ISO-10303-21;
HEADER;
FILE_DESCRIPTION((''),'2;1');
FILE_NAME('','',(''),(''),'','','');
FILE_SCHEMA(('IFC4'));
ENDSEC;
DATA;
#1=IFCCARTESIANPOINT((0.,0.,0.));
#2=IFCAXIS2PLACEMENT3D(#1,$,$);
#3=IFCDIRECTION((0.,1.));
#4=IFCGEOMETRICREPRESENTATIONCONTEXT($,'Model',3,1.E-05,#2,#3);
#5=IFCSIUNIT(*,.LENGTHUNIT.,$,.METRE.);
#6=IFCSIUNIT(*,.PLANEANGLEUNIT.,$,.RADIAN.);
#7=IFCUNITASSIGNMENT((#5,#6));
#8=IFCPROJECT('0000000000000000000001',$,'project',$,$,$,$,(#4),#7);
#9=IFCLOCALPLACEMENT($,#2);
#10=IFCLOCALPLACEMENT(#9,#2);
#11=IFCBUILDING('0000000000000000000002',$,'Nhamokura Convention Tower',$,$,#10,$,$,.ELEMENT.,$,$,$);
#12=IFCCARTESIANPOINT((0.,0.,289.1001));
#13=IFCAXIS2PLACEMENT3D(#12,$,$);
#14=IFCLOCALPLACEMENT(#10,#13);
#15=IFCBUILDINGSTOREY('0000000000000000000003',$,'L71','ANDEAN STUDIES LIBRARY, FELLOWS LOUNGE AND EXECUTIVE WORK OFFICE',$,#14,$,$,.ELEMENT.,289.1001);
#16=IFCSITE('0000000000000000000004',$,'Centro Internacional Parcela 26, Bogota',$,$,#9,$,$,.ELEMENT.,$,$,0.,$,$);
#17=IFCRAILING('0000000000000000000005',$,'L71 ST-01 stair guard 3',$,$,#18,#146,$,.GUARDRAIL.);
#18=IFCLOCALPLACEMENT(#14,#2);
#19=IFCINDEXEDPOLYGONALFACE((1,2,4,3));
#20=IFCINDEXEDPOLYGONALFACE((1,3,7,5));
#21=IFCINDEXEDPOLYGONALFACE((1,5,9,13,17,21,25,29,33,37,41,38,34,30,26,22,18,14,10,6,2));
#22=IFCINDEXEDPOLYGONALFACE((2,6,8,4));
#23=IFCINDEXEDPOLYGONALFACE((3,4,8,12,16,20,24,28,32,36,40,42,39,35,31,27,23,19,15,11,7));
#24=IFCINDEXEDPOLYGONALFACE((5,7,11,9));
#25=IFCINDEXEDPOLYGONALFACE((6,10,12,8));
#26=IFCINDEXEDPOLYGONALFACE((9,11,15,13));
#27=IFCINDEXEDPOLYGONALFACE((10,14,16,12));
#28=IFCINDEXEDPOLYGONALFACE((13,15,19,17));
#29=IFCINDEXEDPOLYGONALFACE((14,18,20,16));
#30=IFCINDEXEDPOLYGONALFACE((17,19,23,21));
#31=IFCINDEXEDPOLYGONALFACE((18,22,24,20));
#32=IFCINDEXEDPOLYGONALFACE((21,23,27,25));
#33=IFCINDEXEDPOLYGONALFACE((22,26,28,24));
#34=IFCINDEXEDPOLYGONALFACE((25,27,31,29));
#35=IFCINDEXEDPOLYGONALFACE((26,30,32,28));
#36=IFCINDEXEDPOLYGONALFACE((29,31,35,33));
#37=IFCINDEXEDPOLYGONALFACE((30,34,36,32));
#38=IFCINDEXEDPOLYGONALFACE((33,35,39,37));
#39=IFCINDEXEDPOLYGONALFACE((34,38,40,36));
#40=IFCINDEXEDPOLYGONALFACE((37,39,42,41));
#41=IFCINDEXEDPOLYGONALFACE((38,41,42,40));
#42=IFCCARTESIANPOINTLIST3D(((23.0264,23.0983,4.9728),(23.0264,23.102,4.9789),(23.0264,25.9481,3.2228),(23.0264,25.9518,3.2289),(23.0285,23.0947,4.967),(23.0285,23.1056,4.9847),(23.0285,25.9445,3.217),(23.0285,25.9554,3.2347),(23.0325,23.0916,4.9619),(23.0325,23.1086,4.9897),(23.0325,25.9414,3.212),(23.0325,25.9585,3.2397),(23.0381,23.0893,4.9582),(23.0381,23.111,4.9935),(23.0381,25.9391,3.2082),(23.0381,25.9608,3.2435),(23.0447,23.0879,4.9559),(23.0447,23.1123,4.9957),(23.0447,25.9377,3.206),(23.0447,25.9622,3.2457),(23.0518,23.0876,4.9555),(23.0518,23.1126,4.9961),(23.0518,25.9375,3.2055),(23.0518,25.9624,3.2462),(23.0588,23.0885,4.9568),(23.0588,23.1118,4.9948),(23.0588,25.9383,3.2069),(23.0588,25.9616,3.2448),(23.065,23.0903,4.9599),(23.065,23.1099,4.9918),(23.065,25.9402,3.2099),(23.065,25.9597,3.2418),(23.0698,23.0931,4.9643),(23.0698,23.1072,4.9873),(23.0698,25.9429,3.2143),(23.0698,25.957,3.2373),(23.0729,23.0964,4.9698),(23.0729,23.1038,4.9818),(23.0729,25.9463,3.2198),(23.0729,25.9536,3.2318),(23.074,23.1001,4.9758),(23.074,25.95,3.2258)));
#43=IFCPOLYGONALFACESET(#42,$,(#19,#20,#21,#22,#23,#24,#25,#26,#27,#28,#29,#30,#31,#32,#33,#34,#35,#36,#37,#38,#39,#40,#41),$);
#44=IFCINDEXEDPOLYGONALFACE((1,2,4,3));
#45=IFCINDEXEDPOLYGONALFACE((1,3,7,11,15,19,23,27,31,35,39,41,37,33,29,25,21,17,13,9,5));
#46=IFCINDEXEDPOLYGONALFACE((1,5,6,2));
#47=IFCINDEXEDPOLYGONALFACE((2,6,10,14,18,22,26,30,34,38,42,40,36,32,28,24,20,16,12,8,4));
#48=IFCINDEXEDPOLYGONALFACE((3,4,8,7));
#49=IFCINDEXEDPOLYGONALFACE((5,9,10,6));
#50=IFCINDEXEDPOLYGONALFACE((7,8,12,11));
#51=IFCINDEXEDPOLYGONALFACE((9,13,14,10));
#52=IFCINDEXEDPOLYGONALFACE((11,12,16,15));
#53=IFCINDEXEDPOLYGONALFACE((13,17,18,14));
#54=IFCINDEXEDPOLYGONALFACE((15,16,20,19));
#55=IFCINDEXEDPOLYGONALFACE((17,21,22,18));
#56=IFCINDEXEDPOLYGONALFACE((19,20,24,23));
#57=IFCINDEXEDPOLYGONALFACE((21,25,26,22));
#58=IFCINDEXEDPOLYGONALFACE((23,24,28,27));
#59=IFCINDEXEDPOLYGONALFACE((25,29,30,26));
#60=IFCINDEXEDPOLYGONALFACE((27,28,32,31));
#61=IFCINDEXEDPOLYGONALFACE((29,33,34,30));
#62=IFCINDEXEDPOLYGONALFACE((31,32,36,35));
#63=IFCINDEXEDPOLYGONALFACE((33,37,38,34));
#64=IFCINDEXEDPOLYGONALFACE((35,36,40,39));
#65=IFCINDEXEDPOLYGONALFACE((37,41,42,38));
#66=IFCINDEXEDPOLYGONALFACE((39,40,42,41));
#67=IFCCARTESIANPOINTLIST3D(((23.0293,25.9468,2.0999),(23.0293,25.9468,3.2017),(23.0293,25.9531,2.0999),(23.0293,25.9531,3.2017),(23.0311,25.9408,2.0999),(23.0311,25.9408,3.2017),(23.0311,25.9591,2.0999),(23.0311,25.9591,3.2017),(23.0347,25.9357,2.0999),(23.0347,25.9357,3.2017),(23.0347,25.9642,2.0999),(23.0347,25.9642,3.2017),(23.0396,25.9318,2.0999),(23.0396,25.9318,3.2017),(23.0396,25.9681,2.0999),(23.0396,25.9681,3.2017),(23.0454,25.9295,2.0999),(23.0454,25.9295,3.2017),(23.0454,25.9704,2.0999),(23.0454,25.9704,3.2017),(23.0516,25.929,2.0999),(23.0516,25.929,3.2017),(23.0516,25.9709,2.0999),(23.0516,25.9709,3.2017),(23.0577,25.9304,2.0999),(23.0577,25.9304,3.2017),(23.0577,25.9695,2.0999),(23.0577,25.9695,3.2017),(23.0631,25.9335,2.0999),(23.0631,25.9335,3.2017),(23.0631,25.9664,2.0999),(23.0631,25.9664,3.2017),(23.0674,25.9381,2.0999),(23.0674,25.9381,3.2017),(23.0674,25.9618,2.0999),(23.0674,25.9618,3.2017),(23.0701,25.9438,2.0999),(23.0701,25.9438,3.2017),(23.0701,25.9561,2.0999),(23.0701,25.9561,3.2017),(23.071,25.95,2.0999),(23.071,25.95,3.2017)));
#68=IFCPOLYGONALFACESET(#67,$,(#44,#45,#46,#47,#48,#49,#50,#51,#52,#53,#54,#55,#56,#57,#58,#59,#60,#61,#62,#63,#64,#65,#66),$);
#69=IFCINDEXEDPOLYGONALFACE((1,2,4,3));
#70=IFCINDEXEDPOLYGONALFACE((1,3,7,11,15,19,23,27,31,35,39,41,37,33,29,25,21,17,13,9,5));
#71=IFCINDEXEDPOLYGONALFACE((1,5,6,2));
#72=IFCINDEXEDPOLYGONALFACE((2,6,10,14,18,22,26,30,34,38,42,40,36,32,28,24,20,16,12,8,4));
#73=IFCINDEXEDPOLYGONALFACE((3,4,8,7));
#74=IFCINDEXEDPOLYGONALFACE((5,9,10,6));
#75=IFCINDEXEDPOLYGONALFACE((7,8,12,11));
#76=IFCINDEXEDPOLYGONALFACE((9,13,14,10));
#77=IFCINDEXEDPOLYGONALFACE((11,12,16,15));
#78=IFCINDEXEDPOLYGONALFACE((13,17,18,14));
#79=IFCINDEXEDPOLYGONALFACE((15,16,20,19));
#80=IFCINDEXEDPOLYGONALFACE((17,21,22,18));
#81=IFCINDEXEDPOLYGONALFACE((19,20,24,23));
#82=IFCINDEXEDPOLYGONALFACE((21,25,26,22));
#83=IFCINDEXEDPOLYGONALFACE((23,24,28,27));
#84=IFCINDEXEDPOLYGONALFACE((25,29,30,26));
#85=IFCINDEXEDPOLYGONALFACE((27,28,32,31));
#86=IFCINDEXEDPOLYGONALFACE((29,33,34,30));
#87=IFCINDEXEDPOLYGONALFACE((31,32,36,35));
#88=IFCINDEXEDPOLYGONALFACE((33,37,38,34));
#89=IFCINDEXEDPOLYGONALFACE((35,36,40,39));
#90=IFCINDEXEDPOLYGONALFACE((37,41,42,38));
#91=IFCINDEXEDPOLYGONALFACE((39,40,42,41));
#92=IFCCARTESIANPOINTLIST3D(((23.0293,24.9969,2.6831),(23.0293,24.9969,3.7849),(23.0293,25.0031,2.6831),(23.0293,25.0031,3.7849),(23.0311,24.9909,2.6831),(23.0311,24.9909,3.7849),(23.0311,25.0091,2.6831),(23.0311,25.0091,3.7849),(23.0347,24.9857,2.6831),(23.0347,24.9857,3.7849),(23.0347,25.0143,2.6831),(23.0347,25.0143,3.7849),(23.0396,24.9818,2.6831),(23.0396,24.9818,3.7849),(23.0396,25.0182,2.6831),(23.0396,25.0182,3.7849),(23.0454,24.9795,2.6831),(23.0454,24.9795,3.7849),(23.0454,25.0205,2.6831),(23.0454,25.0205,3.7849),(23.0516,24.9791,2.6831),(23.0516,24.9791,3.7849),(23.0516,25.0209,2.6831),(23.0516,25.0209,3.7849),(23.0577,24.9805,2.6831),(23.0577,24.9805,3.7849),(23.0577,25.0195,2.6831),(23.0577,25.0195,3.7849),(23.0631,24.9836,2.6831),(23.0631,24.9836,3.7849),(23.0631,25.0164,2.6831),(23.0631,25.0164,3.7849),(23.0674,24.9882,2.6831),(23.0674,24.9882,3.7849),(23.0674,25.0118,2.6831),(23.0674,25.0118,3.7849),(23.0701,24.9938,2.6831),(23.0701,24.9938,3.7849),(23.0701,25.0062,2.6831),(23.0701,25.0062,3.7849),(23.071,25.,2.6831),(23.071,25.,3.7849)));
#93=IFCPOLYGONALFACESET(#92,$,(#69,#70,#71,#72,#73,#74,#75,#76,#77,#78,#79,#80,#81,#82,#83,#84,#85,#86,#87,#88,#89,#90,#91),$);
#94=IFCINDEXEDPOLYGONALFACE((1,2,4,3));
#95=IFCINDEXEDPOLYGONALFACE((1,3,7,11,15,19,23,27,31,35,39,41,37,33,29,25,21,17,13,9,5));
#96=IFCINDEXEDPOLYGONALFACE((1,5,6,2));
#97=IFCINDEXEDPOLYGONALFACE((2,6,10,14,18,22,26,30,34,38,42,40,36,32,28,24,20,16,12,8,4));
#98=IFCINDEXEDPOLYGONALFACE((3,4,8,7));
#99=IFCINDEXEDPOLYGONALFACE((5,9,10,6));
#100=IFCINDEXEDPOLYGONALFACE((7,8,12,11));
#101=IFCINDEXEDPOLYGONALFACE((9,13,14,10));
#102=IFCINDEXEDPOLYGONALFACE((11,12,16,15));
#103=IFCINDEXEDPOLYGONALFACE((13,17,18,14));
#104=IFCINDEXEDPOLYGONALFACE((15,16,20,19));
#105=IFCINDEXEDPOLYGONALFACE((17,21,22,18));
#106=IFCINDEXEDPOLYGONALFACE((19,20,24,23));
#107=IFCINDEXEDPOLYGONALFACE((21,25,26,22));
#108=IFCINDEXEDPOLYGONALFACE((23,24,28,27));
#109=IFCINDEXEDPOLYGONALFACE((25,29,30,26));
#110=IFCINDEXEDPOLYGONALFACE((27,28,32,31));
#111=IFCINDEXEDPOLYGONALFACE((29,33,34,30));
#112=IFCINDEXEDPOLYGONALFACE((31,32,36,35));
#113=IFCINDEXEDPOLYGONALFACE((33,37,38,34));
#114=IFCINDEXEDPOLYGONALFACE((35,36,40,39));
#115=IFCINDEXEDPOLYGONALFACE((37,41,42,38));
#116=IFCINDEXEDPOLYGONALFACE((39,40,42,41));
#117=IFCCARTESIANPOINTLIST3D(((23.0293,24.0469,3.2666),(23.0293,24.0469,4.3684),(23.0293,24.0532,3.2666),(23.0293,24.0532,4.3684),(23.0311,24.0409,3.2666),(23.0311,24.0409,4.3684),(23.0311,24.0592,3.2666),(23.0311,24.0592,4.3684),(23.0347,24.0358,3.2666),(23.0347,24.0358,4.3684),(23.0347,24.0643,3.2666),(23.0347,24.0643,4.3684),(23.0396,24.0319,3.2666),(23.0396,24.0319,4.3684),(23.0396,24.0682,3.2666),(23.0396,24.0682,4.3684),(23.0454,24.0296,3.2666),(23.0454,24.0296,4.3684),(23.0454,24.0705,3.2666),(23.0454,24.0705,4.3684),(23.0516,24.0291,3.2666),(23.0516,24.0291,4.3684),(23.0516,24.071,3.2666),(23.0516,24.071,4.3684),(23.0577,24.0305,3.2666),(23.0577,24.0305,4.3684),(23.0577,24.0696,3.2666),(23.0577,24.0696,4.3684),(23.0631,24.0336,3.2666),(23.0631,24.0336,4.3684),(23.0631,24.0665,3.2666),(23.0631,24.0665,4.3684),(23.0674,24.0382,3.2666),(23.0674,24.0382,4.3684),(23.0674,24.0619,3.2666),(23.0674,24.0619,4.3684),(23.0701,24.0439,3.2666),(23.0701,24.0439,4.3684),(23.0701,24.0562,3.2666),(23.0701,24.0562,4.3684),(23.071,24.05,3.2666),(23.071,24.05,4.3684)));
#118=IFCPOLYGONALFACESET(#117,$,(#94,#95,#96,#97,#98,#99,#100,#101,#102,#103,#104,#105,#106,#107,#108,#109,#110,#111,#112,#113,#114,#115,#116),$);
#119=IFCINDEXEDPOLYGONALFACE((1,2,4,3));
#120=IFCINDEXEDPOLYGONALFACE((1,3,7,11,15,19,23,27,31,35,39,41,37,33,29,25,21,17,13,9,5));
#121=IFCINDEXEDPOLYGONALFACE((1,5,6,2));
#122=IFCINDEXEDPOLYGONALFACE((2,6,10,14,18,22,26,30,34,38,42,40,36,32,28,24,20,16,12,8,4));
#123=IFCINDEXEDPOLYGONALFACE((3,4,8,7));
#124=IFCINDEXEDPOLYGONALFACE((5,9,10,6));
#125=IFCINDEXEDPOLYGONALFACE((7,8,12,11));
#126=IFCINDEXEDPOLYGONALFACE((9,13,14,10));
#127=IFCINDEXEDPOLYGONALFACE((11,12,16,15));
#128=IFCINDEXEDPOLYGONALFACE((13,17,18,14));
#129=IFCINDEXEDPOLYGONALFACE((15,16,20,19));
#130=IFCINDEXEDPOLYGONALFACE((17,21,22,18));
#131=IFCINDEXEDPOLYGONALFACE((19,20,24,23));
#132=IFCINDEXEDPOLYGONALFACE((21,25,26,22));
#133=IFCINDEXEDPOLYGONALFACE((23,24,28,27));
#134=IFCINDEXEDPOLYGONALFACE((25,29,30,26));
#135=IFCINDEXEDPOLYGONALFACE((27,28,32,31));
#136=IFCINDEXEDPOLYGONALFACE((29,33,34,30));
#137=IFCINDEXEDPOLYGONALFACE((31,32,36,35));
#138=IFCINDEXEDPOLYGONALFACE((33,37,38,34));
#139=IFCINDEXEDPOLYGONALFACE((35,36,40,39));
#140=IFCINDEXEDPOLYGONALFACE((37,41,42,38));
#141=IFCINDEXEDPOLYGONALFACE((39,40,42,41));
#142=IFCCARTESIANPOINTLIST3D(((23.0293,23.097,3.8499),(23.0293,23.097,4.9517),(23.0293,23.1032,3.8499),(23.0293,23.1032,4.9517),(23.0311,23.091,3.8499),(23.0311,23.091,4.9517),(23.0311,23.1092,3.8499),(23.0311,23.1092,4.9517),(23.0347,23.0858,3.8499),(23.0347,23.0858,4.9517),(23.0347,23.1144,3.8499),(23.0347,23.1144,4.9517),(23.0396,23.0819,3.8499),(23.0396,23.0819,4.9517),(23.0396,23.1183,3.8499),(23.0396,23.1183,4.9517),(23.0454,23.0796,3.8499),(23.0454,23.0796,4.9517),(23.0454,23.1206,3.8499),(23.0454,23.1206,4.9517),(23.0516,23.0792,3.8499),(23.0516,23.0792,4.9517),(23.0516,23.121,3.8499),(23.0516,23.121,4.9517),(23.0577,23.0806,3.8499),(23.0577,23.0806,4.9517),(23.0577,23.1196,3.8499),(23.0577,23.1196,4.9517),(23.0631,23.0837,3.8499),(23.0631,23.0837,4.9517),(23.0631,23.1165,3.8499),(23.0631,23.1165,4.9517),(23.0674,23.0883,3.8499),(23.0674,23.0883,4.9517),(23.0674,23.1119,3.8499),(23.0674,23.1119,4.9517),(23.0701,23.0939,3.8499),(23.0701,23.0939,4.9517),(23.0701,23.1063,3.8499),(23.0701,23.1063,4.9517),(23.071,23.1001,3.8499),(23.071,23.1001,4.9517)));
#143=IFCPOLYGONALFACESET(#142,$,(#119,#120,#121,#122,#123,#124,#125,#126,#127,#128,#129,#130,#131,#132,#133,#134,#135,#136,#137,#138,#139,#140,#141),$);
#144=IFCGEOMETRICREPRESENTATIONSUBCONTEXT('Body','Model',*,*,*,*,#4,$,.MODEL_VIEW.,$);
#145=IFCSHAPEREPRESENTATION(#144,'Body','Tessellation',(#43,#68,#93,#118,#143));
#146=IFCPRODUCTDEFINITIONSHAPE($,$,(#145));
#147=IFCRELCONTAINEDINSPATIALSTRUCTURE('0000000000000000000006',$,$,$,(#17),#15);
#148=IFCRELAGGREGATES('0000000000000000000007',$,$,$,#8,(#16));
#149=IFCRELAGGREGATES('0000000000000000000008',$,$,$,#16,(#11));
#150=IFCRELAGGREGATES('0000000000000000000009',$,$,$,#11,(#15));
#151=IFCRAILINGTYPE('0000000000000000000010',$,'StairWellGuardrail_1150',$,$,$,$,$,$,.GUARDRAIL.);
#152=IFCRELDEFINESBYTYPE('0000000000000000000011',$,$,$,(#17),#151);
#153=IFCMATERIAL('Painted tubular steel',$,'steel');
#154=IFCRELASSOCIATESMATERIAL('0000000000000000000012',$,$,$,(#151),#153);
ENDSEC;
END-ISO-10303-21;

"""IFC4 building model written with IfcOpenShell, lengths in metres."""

from ifc_helpers import new_model, si_unit, direction, frame, origin, origin_2d, place, context, subcontext, project, spatial, circle, extrude, material, type_object, element, save


model = new_model("IFC4")

# Units and contexts
model_context = context("Model", 3, precision=1e-05, world=origin(), true_north=direction((0.0, 1.0)))
body_context = subcontext(model_context, "Body", "Model", "MODEL_VIEW")
ifc_project = project(units=[si_unit("LENGTHUNIT", "METRE"), si_unit("PLANEANGLEUNIT", "RADIAN")], contexts=[model_context])

# Site, building, storey
site_placement = place(None, origin())
site = spatial("IfcSite", under=ifc_project, at=site_placement, Name="Centro Internacional Parcela 26, Bogota", CompositionType="ELEMENT", RefElevation=0.0)
building_placement = place(site_placement, origin())
building = spatial("IfcBuilding", under=site, at=building_placement, Name="Nhamokura Convention Tower", CompositionType="ELEMENT")
storey_placement = place(building_placement, frame((0.0, 0.0, 289.1001)))
storey = spatial("IfcBuildingStorey", under=building, at=storey_placement, Name="L71", Description="ANDEAN STUDIES LIBRARY, FELLOWS LOUNGE AND EXECUTIVE WORK OFFICE", CompositionType="ELEMENT", Elevation=289.1001)

# Railing
ifc_material_1 = material(Name="Painted tubular steel", Category="steel")
railing_type_1 = type_object("IfcRailingType", Name="StairWellGuardrail_1150", PredefinedType="GUARDRAIL", material=ifc_material_1)
railing_1_placement = place(storey_placement, frame((23.05, 25.95, 2.0999)))
element("IfcRailing", 1, at=railing_1_placement, inside=storey, type_object=railing_type_1, Name="L71 ST-01 stair guard 3", PredefinedType="GUARDRAIL", context=body_context, shape_type="SweptSolid", body=[
    extrude(circle(Radius=0.0239, at=origin_2d()), frame((0.0, 0.0, 1.126), z_axis=(0.0, -0.852159, 0.523283), x_axis=(1.0, 0.0, 0.0)), (0.0, 0.0, 1.0), 3.3442),
    extrude(circle(Radius=0.021, at=origin_2d()), origin(), (0.0, 0.0, 1.0), 1.1018),
    extrude(circle(Radius=0.021, at=origin_2d()), frame((0.0, -0.95, 0.5833)), (0.0, 0.0, 1.0), 1.1018),
    extrude(circle(Radius=0.021, at=origin_2d()), frame((0.0, -1.8999, 1.1667)), (0.0, 0.0, 1.0), 1.1018),
    extrude(circle(Radius=0.021, at=origin_2d()), frame((0.0, -2.8499, 1.75)), (0.0, 0.0, 1.0), 1.1018),
])

save(model, "model.ifc")
